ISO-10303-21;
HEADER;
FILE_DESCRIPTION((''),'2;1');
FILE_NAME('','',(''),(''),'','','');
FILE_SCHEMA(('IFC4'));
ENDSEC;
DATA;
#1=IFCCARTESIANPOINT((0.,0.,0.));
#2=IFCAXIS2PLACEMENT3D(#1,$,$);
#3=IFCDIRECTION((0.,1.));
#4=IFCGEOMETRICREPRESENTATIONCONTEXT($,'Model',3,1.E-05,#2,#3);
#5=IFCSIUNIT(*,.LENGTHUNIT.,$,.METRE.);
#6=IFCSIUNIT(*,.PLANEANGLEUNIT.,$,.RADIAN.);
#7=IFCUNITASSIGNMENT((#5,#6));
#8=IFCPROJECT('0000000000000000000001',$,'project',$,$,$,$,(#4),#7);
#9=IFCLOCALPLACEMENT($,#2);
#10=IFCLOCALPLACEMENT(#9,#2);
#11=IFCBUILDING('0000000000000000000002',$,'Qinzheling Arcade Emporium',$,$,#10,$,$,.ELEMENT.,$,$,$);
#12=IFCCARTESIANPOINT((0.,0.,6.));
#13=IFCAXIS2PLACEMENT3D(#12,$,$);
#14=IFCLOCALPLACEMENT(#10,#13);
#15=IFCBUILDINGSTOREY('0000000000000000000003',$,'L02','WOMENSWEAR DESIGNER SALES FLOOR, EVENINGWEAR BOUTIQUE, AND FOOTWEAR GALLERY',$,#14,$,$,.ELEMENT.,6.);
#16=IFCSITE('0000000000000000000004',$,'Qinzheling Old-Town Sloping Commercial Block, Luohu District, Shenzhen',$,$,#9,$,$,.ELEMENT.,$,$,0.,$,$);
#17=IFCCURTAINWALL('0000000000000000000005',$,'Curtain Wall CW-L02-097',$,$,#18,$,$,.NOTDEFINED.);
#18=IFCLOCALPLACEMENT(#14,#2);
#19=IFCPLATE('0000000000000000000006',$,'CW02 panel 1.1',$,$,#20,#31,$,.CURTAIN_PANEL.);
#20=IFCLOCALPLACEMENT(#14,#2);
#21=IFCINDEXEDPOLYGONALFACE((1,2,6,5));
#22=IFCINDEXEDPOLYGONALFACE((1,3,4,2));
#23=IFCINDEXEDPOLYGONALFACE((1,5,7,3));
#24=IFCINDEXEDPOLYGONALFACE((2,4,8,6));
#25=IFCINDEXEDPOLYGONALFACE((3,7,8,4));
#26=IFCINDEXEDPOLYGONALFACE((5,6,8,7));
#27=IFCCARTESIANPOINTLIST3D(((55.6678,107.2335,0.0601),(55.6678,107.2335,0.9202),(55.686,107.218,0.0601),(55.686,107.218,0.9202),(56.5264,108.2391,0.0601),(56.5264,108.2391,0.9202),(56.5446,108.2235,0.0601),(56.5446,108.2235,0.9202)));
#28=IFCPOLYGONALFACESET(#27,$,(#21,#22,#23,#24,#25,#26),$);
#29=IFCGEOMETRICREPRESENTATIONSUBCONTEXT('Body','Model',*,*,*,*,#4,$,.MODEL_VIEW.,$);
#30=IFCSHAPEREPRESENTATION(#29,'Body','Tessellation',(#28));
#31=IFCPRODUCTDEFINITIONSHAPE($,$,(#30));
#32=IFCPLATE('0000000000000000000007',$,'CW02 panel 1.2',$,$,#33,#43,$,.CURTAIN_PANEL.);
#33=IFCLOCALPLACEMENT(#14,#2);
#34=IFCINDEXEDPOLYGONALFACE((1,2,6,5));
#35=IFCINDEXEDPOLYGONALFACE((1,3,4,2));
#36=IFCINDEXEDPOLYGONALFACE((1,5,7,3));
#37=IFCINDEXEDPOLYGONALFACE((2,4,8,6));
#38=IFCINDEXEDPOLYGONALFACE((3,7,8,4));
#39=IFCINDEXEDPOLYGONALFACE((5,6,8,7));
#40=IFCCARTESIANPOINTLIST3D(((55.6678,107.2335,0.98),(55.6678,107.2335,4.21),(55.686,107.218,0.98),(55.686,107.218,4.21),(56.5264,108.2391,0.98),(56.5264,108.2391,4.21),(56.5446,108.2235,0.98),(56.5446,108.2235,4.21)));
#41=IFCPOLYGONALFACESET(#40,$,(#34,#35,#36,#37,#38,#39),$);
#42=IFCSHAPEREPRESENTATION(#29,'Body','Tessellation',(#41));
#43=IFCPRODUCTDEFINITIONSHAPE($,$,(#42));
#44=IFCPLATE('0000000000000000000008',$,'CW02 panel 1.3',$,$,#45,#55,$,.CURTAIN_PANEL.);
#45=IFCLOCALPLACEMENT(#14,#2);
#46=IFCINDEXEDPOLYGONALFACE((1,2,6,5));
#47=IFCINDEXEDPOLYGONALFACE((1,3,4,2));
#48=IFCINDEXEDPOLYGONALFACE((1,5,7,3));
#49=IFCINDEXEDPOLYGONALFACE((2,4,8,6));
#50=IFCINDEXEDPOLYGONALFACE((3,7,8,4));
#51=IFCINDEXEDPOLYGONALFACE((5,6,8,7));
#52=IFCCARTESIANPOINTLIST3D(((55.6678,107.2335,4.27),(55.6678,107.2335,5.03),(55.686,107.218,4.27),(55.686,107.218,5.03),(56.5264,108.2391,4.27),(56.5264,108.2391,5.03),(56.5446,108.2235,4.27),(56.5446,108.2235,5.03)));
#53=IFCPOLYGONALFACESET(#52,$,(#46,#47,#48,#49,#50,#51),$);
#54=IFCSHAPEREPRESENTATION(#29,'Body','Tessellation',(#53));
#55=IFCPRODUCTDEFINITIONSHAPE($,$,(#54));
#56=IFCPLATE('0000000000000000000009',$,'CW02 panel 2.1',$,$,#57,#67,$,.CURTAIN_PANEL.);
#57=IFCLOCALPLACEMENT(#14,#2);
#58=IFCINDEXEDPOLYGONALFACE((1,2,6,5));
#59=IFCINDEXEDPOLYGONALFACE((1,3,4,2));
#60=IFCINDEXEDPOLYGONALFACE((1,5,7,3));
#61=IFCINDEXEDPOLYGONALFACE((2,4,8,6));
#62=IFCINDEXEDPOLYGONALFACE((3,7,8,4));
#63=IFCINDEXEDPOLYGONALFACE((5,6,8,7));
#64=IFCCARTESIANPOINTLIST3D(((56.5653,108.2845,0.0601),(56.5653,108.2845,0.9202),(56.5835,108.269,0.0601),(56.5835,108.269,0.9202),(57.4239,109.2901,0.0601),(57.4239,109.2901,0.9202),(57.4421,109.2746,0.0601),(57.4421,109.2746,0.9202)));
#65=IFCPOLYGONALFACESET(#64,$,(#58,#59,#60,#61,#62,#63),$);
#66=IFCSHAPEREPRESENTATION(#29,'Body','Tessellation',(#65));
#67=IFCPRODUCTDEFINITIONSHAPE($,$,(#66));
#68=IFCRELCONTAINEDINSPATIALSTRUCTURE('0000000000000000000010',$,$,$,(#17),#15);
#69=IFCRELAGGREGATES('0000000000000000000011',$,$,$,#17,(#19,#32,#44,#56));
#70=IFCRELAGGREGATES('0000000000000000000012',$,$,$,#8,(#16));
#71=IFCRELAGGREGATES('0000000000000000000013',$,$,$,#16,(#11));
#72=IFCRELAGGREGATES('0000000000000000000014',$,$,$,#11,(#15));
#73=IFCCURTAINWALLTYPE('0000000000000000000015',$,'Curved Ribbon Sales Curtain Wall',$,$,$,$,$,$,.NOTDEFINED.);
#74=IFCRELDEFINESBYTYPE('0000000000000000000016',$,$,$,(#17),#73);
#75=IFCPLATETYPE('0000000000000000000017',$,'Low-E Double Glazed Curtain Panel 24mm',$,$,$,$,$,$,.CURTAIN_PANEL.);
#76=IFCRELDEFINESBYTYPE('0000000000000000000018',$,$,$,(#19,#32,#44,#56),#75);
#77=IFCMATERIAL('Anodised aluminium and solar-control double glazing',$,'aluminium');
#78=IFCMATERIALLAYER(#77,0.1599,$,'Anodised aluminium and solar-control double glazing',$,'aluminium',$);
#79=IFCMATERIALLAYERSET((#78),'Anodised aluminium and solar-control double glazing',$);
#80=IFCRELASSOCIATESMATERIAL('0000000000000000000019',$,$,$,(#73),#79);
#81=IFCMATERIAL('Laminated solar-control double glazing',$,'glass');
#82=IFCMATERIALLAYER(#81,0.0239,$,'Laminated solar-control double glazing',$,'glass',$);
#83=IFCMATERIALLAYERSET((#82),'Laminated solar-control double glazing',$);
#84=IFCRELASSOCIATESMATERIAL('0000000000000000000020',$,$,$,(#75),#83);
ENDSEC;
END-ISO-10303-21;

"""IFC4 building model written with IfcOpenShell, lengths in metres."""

from ifc_helpers import new_model, si_unit, direction, frame, origin, origin_2d, place, context, subcontext, project, spatial, rectangle, extrude, material, layer, layer_set, type_object, element, aggregate, save


model = new_model("IFC4")

# Units and contexts
model_context = context("Model", 3, precision=1e-05, world=origin(), true_north=direction((0.0, 1.0)))
body_context = subcontext(model_context, "Body", "Model", "MODEL_VIEW")
ifc_project = project(units=[si_unit("LENGTHUNIT", "METRE"), si_unit("PLANEANGLEUNIT", "RADIAN")], contexts=[model_context])

# Site, building, storey
site_placement = place(None, origin())
site = spatial("IfcSite", under=ifc_project, at=site_placement, Name="Qinzheling Old-Town Sloping Commercial Block, Luohu District, Shenzhen", CompositionType="ELEMENT", RefElevation=0.0)
building_placement = place(site_placement, origin())
building = spatial("IfcBuilding", under=site, at=building_placement, Name="Qinzheling Arcade Emporium", CompositionType="ELEMENT")
storey_placement = place(building_placement, frame((0.0, 0.0, 6.0)))
storey = spatial("IfcBuildingStorey", under=building, at=storey_placement, Name="L02", Description="WOMENSWEAR DESIGNER SALES FLOOR, EVENINGWEAR BOUTIQUE, AND FOOTWEAR GALLERY", CompositionType="ELEMENT", Elevation=6.0)

# Shared definitions
ifc_material_1 = material(Name="Anodised aluminium and solar-control double glazing", Category="aluminium")
ifc_layer_1 = layer(ifc_material_1, 0.1599, Name="Anodised aluminium and solar-control double glazing", Category="aluminium")
ifc_layer_set_1 = layer_set([ifc_layer_1], Name="Anodised aluminium and solar-control double glazing")
curtain_wall_type = type_object("IfcCurtainWallType", Name="Curved Ribbon Sales Curtain Wall", PredefinedType="NOTDEFINED", material=ifc_layer_set_1)

# Curtain wall
curtain_wall_1_placement = place(storey_placement, origin())
curtain_wall_1 = element("IfcCurtainWall", 1, at=curtain_wall_1_placement, inside=storey, type_object=curtain_wall_type, Name="Curtain Wall CW-L02-097", PredefinedType="NOTDEFINED")

# Plates
ifc_material_2 = material(Name="Laminated solar-control double glazing", Category="glass")
ifc_layer_2 = layer(ifc_material_2, 0.0239, Name="Laminated solar-control double glazing", Category="glass")
ifc_layer_set_2 = layer_set([ifc_layer_2], Name="Laminated solar-control double glazing")
plate_type_1 = type_object("IfcPlateType", Name="Low-E Double Glazed Curtain Panel 24mm", PredefinedType="CURTAIN_PANEL", material=ifc_layer_set_2)
plate_1_placement = place(storey_placement, frame((56.1062, 107.7285, 0.0601), z_axis=(0.0, 0.0, 1.0), x_axis=(0.649332, 0.760505, 0.0)))
plate_1 = element("IfcPlate", 2, at=plate_1_placement, type_object=plate_type_1, Name="CW02 panel 1.1", PredefinedType="CURTAIN_PANEL", context=body_context, shape_type="SweptSolid", body=[
    extrude(rectangle(XDim=1.3223, YDim=0.0239, at=origin_2d()), origin(), (0.0, 0.0, 1.0), 0.8601),
])
plate_2_placement = place(storey_placement, frame((56.1062, 107.7285, 0.98), z_axis=(0.0, 0.0, 1.0), x_axis=(0.649332, 0.760505, 0.0)))
plate_2 = element("IfcPlate", 3, at=plate_2_placement, type_object=plate_type_1, Name="CW02 panel 1.2", PredefinedType="CURTAIN_PANEL", context=body_context, shape_type="SweptSolid", body=[
    extrude(rectangle(XDim=1.3223, YDim=0.0239, at=origin_2d()), origin(), (0.0, 0.0, 1.0), 3.23),
])
plate_3_placement = place(storey_placement, frame((56.1062, 107.7285, 4.27), z_axis=(0.0, 0.0, 1.0), x_axis=(0.649332, 0.760505, 0.0)))
plate_3 = element("IfcPlate", 4, at=plate_3_placement, type_object=plate_type_1, Name="CW02 panel 1.3", PredefinedType="CURTAIN_PANEL", context=body_context, shape_type="SweptSolid", body=[
    extrude(rectangle(XDim=1.3223, YDim=0.0239, at=origin_2d()), origin(), (0.0, 0.0, 1.0), 0.76),
])
plate_4_placement = place(storey_placement, frame((57.0037, 108.7795, 0.0601), z_axis=(0.0, 0.0, 1.0), x_axis=(0.649332, 0.760505, 0.0)))
plate_4 = element("IfcPlate", 5, at=plate_4_placement, type_object=plate_type_1, Name="CW02 panel 2.1", PredefinedType="CURTAIN_PANEL", context=body_context, shape_type="SweptSolid", body=[
    extrude(rectangle(XDim=1.3223, YDim=0.0239, at=origin_2d()), origin(), (0.0, 0.0, 1.0), 0.8601),
])
aggregate(curtain_wall_1, [plate_1, plate_2, plate_3, plate_4])

save(model, "model.ifc")
